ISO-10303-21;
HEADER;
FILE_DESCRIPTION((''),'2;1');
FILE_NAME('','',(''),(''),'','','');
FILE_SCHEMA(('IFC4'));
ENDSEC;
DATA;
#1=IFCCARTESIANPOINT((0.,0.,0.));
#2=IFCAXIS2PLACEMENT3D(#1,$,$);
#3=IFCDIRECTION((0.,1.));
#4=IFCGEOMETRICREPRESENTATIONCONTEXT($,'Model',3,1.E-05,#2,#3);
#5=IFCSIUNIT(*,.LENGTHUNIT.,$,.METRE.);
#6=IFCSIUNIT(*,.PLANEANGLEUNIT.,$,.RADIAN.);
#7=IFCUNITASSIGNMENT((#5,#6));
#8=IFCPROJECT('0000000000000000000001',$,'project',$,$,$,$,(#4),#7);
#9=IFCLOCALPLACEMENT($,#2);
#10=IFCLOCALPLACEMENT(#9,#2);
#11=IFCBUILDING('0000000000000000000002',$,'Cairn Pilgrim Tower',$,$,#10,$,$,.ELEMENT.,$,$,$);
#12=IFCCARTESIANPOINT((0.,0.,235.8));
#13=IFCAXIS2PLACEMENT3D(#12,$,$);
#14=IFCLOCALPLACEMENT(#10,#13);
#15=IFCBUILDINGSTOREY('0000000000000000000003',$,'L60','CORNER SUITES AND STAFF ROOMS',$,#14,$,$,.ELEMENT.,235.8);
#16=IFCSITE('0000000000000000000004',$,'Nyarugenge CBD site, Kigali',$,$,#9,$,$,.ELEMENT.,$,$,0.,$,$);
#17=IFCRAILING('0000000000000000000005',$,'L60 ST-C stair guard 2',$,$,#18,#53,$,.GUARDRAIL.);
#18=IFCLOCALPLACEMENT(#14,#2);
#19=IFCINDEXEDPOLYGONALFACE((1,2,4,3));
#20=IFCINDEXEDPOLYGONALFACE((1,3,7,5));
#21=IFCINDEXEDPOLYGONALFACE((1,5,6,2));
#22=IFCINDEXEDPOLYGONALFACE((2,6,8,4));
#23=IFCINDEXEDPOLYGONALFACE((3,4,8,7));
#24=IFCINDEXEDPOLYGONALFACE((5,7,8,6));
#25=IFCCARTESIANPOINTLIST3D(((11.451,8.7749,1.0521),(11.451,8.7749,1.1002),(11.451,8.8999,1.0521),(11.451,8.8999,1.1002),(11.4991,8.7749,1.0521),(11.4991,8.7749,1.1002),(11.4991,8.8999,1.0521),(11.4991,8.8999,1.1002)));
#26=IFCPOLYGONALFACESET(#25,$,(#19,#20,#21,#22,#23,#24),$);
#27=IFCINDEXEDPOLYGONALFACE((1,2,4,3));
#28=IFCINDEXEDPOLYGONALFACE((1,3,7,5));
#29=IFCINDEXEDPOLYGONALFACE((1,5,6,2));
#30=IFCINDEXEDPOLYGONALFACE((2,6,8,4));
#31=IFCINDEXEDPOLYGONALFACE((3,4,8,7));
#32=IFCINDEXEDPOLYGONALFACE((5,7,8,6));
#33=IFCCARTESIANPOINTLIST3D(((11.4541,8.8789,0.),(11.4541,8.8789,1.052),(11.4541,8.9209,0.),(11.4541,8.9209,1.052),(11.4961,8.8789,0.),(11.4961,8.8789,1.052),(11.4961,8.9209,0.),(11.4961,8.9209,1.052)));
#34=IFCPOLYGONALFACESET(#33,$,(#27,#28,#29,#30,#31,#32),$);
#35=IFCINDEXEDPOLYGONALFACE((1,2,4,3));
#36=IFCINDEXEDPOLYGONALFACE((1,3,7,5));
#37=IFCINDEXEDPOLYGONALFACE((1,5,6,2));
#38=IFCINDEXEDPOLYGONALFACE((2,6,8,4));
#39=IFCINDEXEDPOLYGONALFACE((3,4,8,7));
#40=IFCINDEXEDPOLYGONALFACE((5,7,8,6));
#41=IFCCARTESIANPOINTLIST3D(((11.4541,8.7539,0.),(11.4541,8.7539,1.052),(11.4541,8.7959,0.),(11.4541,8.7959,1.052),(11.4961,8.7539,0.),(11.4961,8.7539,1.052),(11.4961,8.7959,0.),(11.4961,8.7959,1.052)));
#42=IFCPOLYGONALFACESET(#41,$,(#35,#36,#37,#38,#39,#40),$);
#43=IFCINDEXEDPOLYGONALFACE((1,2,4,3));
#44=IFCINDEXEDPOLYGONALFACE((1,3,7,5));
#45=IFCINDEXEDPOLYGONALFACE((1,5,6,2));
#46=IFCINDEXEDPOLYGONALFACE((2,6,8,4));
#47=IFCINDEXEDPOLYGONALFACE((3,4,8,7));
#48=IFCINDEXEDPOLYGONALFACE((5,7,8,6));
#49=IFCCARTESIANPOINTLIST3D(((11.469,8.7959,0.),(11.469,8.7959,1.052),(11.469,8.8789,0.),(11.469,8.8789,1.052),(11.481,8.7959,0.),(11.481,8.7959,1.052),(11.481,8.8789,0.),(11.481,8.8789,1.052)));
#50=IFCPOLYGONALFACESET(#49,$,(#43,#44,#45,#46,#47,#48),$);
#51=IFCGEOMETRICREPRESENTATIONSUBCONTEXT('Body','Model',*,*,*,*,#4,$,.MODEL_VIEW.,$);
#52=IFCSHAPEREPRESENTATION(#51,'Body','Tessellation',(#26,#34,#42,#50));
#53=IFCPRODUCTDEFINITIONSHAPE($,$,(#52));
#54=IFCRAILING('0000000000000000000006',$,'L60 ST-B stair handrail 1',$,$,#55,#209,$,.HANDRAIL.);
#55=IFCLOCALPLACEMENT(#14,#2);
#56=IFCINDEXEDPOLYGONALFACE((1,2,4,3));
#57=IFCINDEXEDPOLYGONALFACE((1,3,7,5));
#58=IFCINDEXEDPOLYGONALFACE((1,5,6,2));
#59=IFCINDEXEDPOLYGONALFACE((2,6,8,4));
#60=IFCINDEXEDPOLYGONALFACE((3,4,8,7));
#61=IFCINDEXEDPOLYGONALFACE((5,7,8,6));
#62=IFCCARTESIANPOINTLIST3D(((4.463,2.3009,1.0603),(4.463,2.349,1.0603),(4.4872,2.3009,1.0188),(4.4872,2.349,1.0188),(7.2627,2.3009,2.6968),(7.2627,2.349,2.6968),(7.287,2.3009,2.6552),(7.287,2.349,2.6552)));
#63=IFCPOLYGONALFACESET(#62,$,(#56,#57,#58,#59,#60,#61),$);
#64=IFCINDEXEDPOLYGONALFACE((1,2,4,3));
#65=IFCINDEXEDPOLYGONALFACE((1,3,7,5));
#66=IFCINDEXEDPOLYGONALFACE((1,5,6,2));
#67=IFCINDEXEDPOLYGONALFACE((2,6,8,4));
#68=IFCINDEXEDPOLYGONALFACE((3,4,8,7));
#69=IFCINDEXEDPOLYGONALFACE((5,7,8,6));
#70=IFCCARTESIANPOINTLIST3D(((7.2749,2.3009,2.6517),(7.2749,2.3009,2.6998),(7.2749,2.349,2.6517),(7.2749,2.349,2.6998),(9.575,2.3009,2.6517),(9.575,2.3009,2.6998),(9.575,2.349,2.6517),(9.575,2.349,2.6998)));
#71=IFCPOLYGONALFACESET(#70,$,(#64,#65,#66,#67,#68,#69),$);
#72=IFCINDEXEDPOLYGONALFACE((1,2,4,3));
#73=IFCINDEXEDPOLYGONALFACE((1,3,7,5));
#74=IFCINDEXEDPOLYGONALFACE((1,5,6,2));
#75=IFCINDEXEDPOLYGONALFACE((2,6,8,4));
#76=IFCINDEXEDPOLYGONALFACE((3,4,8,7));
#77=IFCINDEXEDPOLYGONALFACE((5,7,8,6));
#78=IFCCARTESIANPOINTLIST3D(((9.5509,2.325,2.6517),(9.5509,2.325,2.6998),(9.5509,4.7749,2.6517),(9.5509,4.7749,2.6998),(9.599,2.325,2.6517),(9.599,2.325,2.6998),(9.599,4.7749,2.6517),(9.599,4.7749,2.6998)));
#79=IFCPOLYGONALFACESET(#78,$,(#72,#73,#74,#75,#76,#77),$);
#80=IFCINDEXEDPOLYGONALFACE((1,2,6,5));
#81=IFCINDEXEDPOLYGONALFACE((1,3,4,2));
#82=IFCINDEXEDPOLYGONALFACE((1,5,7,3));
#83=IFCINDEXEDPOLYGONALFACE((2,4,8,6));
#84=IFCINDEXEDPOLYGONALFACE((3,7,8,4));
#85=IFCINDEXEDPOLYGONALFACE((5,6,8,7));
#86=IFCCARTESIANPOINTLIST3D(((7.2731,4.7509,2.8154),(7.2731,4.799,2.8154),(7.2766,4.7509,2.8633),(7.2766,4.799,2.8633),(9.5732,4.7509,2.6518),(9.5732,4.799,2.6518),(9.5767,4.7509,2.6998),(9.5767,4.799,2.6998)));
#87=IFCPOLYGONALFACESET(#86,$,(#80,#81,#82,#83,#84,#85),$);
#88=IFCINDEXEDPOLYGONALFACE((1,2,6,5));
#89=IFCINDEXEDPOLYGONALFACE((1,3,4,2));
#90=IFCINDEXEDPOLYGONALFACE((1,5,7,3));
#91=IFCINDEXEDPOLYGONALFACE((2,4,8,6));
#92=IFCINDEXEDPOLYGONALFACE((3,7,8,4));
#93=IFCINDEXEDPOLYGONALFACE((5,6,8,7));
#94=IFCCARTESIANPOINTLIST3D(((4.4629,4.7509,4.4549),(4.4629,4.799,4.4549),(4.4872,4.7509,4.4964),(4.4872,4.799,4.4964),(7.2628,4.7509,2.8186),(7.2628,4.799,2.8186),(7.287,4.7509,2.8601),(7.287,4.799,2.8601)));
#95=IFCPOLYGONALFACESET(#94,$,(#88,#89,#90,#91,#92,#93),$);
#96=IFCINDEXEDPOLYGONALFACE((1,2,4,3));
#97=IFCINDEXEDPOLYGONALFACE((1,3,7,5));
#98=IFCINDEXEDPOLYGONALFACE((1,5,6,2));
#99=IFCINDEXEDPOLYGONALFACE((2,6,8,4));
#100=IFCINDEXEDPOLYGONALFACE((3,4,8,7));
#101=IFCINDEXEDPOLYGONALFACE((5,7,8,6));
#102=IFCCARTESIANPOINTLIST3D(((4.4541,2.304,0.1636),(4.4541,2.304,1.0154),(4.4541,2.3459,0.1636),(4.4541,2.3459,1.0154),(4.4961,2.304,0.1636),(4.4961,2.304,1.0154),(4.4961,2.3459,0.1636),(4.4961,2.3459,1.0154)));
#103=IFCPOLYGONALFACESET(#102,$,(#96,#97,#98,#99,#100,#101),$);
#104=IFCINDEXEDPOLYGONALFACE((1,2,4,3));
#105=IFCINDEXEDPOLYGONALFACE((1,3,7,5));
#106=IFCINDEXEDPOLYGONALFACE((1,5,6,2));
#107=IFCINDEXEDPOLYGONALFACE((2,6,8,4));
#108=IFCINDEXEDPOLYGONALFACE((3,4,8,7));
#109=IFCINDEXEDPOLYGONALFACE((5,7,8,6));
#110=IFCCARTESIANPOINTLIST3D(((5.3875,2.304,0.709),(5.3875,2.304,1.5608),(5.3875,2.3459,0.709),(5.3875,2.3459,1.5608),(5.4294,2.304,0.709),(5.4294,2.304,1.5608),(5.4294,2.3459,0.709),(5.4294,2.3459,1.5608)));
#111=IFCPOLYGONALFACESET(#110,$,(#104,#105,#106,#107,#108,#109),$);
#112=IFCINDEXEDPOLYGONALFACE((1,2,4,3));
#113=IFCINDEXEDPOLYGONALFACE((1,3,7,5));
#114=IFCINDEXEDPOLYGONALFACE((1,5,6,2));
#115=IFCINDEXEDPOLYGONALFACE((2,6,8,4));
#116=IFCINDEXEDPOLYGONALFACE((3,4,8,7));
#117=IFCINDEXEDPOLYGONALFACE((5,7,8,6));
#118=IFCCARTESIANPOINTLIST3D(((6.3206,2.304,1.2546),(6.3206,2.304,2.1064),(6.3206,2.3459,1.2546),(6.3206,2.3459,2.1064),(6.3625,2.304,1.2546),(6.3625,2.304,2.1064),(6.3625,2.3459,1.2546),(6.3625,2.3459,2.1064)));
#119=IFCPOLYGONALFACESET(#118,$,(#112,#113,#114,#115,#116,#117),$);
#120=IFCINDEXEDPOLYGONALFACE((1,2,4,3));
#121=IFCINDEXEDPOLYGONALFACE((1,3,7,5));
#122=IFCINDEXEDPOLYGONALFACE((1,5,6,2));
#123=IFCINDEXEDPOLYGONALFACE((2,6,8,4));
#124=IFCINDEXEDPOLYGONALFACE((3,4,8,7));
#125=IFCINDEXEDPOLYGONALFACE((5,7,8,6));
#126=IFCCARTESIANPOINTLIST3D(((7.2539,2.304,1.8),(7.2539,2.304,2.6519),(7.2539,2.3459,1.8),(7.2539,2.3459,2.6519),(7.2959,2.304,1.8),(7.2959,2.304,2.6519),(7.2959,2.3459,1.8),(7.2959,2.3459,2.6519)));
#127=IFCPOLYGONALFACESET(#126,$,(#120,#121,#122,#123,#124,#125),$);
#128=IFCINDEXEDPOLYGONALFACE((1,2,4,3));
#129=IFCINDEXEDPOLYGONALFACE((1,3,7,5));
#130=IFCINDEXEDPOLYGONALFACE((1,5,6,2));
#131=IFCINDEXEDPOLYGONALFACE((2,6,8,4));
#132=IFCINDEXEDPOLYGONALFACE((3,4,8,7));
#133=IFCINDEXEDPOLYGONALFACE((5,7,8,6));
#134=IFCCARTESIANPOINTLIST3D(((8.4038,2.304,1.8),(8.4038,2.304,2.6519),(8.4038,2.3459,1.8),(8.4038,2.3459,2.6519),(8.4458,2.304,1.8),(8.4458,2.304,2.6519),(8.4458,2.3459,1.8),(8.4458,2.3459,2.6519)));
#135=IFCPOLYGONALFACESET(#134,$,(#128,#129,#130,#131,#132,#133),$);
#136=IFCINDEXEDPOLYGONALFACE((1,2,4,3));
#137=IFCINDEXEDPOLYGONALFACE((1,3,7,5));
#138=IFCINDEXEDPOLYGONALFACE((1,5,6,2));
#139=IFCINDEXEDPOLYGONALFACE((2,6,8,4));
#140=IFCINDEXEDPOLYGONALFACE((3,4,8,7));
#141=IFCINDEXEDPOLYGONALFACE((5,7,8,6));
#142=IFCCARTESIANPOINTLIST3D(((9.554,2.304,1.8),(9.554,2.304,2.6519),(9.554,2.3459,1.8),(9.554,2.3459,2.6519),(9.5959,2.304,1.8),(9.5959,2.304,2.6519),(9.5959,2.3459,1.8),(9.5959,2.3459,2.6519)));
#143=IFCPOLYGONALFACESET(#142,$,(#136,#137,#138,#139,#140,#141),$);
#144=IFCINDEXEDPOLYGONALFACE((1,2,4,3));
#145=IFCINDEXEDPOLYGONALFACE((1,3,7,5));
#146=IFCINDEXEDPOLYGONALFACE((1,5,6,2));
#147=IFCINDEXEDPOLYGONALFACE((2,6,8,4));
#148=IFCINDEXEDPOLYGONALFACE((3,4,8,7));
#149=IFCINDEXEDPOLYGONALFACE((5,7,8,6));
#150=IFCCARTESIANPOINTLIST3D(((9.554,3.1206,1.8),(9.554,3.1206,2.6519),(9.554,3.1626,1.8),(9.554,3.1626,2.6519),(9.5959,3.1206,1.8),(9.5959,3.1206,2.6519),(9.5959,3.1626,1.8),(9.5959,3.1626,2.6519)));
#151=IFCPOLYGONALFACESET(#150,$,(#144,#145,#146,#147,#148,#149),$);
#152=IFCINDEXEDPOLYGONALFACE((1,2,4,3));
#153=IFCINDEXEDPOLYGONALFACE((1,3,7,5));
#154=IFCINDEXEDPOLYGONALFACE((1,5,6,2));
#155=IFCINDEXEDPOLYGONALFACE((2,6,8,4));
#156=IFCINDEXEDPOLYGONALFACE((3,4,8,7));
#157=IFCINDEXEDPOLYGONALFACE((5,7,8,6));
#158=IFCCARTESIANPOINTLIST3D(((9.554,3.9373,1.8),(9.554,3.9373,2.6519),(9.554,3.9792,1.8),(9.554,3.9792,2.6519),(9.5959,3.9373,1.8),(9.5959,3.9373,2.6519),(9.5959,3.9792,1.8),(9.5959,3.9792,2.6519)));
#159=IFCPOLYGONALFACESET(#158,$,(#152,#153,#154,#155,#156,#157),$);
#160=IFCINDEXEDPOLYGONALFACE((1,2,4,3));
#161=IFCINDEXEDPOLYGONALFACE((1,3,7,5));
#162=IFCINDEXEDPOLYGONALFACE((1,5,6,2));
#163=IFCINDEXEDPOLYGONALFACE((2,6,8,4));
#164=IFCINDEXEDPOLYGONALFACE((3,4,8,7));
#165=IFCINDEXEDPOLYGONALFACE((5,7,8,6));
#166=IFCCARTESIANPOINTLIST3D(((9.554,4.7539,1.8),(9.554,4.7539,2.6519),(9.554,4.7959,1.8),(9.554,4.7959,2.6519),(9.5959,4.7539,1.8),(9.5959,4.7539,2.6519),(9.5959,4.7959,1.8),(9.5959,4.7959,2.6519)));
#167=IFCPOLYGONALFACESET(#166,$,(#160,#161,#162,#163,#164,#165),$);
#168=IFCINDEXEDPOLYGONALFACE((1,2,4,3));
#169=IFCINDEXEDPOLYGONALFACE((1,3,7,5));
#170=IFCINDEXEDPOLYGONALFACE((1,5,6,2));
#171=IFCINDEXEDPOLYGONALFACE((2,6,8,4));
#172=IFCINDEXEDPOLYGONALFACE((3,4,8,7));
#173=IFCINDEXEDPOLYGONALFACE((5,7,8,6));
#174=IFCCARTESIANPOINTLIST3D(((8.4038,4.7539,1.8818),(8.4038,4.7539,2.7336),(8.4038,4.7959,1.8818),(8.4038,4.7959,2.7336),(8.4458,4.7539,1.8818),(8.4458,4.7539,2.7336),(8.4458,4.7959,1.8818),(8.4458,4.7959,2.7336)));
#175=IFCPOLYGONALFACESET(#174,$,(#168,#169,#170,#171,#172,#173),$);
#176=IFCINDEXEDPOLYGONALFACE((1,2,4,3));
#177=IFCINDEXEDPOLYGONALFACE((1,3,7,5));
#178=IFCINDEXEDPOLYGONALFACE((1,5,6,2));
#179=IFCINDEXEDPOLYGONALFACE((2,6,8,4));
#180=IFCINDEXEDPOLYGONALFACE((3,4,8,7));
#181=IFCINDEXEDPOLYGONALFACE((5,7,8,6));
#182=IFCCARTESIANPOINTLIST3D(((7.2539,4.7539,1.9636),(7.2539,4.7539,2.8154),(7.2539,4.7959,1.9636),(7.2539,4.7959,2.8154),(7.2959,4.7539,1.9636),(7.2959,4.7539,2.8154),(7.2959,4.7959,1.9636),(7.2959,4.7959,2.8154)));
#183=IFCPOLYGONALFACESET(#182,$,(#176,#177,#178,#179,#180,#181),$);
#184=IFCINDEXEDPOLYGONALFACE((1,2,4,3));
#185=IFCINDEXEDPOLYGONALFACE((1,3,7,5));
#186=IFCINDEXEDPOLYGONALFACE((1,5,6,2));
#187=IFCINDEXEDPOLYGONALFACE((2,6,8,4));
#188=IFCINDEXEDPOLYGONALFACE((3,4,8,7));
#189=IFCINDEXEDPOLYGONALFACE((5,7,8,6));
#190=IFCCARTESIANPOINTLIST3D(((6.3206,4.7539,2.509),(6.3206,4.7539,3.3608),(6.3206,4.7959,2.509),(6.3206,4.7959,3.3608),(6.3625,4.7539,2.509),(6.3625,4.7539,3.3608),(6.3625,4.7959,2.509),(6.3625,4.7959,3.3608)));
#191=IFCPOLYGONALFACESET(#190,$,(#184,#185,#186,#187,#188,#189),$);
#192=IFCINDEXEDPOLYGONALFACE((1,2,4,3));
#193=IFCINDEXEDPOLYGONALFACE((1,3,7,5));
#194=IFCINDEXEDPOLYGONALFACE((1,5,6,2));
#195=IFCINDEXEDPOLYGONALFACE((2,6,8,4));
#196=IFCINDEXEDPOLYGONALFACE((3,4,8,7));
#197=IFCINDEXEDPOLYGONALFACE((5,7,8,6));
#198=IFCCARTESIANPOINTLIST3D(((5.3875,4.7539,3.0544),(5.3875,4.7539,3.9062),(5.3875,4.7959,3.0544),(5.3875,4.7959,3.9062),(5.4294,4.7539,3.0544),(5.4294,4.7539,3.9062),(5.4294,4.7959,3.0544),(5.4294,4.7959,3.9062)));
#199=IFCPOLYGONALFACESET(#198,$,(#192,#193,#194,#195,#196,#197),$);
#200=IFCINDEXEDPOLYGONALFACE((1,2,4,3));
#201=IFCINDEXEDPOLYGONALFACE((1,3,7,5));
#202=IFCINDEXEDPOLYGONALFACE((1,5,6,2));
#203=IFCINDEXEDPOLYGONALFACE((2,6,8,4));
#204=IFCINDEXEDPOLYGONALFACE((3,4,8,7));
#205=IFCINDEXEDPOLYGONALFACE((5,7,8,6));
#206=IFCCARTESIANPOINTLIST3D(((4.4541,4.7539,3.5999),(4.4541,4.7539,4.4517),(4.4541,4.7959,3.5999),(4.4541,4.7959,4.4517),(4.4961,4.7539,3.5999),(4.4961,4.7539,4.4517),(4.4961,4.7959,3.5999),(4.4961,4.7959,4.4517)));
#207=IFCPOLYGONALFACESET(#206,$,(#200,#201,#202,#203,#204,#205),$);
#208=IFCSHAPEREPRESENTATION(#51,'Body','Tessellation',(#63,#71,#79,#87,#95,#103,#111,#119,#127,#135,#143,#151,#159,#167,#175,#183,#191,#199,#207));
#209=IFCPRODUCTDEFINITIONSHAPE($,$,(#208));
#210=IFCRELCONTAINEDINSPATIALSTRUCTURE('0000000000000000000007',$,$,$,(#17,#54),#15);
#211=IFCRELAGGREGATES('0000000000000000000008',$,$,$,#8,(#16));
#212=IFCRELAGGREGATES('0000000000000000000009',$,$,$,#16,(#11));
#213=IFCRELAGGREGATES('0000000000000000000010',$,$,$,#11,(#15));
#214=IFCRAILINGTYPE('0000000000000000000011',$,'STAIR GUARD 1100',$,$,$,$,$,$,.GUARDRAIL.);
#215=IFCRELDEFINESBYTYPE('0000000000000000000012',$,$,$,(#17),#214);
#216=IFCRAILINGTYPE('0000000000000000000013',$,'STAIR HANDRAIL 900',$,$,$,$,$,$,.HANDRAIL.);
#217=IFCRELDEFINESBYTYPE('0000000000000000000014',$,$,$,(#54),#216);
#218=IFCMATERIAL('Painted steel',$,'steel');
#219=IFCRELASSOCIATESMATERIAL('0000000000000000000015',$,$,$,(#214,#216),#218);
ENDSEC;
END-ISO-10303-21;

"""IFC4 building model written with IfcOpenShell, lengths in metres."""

from ifc_helpers import new_model, si_unit, direction, frame, origin, origin_2d, place, context, subcontext, project, spatial, polyline, rectangle, outline, extrude, material, type_object, element, save


model = new_model("IFC4")

# Units and contexts
model_context = context("Model", 3, precision=1e-05, world=origin(), true_north=direction((0.0, 1.0)))
body_context = subcontext(model_context, "Body", "Model", "MODEL_VIEW")
ifc_project = project(units=[si_unit("LENGTHUNIT", "METRE"), si_unit("PLANEANGLEUNIT", "RADIAN")], contexts=[model_context])

# Site, building, storey
site_placement = place(None, origin())
site = spatial("IfcSite", under=ifc_project, at=site_placement, Name="Nyarugenge CBD site, Kigali", CompositionType="ELEMENT", RefElevation=0.0)
building_placement = place(site_placement, origin())
building = spatial("IfcBuilding", under=site, at=building_placement, Name="Cairn Pilgrim Tower", CompositionType="ELEMENT")
storey_placement = place(building_placement, frame((0.0, 0.0, 235.8)))
storey = spatial("IfcBuildingStorey", under=building, at=storey_placement, Name="L60", Description="CORNER SUITES AND STAFF ROOMS", CompositionType="ELEMENT", Elevation=235.8)

# Shared definitions
ifc_material_1 = material(Name="Painted steel", Category="steel")

# Railings
railing_type_1 = type_object("IfcRailingType", Name="STAIR GUARD 1100", PredefinedType="GUARDRAIL", material=ifc_material_1)
railing_1_placement = place(storey_placement, frame((11.4751, 8.8999, 0.0)))
element("IfcRailing", 1, at=railing_1_placement, inside=storey, type_object=railing_type_1, Name="L60 ST-C stair guard 2", PredefinedType="GUARDRAIL", context=body_context, shape_type="SweptSolid", body=[
    extrude(rectangle(XDim=0.0481, YDim=0.0481, at=origin_2d()), frame((0.0, 0.0, 1.0762), z_axis=(0.0, -1.0, 0.0), x_axis=(1.0, 0.0, 0.0)), (0.0, 0.0, 1.0), 0.125),
    extrude(rectangle(XDim=0.042, YDim=0.042, at=origin_2d()), origin(), (0.0, 0.0, 1.0), 1.052),
    extrude(rectangle(XDim=0.042, YDim=0.042, at=origin_2d()), frame((0.0, -0.125, 0.0)), (0.0, 0.0, 1.0), 1.052),
    extrude(outline(polyline([(0.021, 0.0), (0.104, 0.0), (0.104, 1.052), (0.021, 1.052), (0.021, 0.0)])), frame((0.0059, 0.0, 0.0), z_axis=(-1.0, 0.0, 0.0), x_axis=(0.0, -1.0, 0.0)), (0.0, 0.0, 1.0), 0.012),
])
railing_type_2 = type_object("IfcRailingType", Name="STAIR HANDRAIL 900", PredefinedType="HANDRAIL", material=ifc_material_1)
railing_2_placement = place(storey_placement, frame((4.4751, 2.325, 0.1636)))
element("IfcRailing", 2, at=railing_2_placement, inside=storey, type_object=railing_type_2, Name="L60 ST-B stair handrail 1", PredefinedType="HANDRAIL", context=body_context, shape_type="SweptSolid", body=[
    extrude(rectangle(XDim=0.0481, YDim=0.0481, at=origin_2d()), frame((0.0, 0.0, 0.876), z_axis=(0.863342, 0.0, 0.50462), x_axis=(0.0, 1.0, 0.0)), (0.0, 0.0, 1.0), 3.2429),
    extrude(rectangle(XDim=0.0481, YDim=0.0481, at=origin_2d()), frame((2.7998, 0.0, 2.5122), z_axis=(1.0, 0.0, 0.0), x_axis=(0.0, 1.0, 0.0)), (0.0, 0.0, 1.0), 2.3),
    extrude(rectangle(XDim=0.0481, YDim=0.0481, at=origin_2d()), frame((5.0999, 0.0, 2.5122), z_axis=(0.0, 1.0, 0.0), x_axis=(-1.0, 0.0, 0.0)), (0.0, 0.0, 1.0), 2.45),
    extrude(rectangle(XDim=0.0481, YDim=0.0481, at=origin_2d()), frame((5.0999, 2.45, 2.5122), z_axis=(-0.997481, 0.0, 0.070939), x_axis=(0.0, -1.0, 0.0)), (0.0, 0.0, 1.0), 2.3059),
    extrude(rectangle(XDim=0.0481, YDim=0.0481, at=origin_2d()), frame((2.7998, 2.45, 2.6758), z_axis=(-0.863374, 0.0, 0.504564), x_axis=(0.0, -1.0, 0.0)), (0.0, 0.0, 1.0), 3.2429),
    extrude(rectangle(XDim=0.042, YDim=0.042, at=origin_2d()), origin(), (0.0, 0.0, 1.0), 0.8518),
    extrude(rectangle(XDim=0.042, YDim=0.042, at=origin_2d()), frame((0.9333, 0.0, 0.5454)), (0.0, 0.0, 1.0), 0.8518),
    extrude(rectangle(XDim=0.042, YDim=0.042, at=origin_2d()), frame((1.8665, 0.0, 1.0911)), (0.0, 0.0, 1.0), 0.8518),
    extrude(rectangle(XDim=0.042, YDim=0.042, at=origin_2d()), frame((2.7998, 0.0, 1.6365)), (0.0, 0.0, 1.0), 0.8518),
    extrude(rectangle(XDim=0.042, YDim=0.042, at=origin_2d()), frame((3.9497, 0.0, 1.6365)), (0.0, 0.0, 1.0), 0.8518),
    extrude(rectangle(XDim=0.042, YDim=0.042, at=origin_2d()), frame((5.0999, 0.0, 1.6365)), (0.0, 0.0, 1.0), 0.8518),
    extrude(rectangle(XDim=0.042, YDim=0.042, at=origin_2d()), frame((5.0999, 0.8167, 1.6365)), (0.0, 0.0, 1.0), 0.8518),
    extrude(rectangle(XDim=0.042, YDim=0.042, at=origin_2d()), frame((5.0999, 1.6333, 1.6365)), (0.0, 0.0, 1.0), 0.8518),
    extrude(rectangle(XDim=0.042, YDim=0.042, at=origin_2d()), frame((5.0999, 2.45, 1.6365)), (0.0, 0.0, 1.0), 0.8518),
    extrude(rectangle(XDim=0.042, YDim=0.042, at=origin_2d()), frame((3.9497, 2.45, 1.7183)), (0.0, 0.0, 1.0), 0.8518),
    extrude(rectangle(XDim=0.042, YDim=0.042, at=origin_2d()), frame((2.7998, 2.45, 1.8)), (0.0, 0.0, 1.0), 0.8518),
    extrude(rectangle(XDim=0.042, YDim=0.042, at=origin_2d()), frame((1.8665, 2.45, 2.3455)), (0.0, 0.0, 1.0), 0.8518),
    extrude(rectangle(XDim=0.042, YDim=0.042, at=origin_2d()), frame((0.9333, 2.45, 2.8909)), (0.0, 0.0, 1.0), 0.8518),
    extrude(rectangle(XDim=0.042, YDim=0.042, at=origin_2d()), frame((0.0, 2.45, 3.4363)), (0.0, 0.0, 1.0), 0.8518),
])

save(model, "model.ifc")
